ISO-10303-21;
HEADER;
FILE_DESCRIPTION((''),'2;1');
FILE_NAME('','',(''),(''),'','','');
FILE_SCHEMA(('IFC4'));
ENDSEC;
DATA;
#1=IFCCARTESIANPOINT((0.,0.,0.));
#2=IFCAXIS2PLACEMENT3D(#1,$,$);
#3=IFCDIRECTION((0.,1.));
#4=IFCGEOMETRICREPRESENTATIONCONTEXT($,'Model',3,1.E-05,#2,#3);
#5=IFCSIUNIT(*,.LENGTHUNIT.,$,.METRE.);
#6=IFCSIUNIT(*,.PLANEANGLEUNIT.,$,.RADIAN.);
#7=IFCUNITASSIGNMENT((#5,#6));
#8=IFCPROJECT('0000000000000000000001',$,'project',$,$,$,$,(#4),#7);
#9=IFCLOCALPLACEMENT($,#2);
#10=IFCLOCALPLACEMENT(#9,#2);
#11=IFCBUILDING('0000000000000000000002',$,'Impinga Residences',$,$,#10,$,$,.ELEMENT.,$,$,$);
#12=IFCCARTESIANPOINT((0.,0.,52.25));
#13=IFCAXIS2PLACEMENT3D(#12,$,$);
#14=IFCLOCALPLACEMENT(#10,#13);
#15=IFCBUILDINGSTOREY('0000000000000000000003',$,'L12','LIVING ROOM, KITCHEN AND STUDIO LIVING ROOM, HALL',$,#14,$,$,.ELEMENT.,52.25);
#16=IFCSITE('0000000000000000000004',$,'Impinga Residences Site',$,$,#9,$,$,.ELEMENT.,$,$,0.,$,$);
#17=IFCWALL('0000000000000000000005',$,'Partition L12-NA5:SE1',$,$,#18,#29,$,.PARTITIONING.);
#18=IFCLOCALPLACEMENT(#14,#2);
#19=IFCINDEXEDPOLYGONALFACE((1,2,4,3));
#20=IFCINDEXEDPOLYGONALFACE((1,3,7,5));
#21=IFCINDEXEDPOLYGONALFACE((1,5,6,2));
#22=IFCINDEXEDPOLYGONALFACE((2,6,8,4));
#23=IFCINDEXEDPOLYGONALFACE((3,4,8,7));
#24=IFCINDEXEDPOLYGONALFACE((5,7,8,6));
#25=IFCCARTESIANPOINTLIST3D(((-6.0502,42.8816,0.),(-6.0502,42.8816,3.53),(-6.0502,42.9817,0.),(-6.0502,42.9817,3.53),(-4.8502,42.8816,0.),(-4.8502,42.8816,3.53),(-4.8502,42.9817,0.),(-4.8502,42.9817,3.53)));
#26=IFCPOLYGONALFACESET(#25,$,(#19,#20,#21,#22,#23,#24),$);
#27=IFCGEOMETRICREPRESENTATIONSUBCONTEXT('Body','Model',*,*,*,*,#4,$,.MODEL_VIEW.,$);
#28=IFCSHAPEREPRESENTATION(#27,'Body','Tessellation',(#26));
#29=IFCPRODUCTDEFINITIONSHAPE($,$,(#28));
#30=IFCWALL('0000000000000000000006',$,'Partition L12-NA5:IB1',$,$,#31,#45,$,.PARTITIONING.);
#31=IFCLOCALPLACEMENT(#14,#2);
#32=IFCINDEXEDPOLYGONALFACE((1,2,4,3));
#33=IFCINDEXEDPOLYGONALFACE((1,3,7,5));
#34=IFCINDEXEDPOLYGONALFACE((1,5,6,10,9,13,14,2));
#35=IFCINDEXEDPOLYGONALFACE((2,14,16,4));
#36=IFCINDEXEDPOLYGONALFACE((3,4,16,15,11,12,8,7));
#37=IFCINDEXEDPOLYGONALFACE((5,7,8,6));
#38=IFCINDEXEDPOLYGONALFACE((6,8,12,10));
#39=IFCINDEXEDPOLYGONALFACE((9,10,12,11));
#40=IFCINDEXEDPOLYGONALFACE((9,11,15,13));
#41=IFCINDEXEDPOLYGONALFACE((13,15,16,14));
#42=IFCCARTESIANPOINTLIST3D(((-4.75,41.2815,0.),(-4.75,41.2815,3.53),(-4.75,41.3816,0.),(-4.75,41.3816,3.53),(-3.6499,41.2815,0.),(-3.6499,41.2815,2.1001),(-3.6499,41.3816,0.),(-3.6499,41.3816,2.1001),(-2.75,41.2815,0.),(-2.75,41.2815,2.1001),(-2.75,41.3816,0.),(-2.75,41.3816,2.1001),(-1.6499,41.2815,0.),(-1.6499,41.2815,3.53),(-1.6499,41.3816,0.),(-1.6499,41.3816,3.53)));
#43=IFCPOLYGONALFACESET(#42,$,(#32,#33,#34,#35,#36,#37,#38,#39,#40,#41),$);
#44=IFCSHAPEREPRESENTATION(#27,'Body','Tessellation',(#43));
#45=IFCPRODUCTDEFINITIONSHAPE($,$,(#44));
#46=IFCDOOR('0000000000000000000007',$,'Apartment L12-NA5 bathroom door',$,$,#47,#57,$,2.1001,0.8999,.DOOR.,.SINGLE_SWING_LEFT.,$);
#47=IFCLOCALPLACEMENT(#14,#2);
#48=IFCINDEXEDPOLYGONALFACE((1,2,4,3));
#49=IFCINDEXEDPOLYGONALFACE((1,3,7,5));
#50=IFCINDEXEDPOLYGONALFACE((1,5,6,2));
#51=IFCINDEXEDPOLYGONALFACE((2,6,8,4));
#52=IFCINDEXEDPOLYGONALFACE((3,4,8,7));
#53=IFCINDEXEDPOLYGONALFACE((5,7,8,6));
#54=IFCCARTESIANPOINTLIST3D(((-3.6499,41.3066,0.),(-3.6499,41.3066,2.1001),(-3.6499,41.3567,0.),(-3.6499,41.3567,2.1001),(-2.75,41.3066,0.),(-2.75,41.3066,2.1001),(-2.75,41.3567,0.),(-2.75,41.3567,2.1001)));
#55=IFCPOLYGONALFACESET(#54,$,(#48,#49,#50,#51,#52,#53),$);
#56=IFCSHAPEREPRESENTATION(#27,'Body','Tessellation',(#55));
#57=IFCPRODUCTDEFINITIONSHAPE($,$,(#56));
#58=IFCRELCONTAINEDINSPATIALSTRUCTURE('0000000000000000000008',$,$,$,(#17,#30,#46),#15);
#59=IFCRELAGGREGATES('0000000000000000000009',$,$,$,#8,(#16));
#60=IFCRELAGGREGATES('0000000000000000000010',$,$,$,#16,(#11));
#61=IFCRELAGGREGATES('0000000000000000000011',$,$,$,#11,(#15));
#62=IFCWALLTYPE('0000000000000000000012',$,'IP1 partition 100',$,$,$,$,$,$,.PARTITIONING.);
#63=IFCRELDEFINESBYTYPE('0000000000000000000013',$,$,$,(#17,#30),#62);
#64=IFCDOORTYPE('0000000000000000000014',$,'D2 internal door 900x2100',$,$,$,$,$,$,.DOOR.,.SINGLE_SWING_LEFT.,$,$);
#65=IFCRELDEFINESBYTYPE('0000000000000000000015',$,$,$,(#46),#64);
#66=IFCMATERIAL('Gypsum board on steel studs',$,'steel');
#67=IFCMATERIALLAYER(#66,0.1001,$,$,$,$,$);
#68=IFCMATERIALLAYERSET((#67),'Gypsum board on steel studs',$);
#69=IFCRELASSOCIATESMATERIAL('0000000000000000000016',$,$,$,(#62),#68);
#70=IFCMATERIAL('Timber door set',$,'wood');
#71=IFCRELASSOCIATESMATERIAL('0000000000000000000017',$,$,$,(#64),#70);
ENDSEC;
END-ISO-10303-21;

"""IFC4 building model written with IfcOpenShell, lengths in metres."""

from ifc_helpers import new_model, si_unit, direction, frame, frame_2d, origin, place, context, subcontext, project, spatial, rectangle, extrude, material, layer, layer_set, type_object, element, fill, save


model = new_model("IFC4")

# Units and contexts
model_context = context("Model", 3, precision=1e-05, world=origin(), true_north=direction((0.0, 1.0)))
body_context = subcontext(model_context, "Body", "Model", "MODEL_VIEW")
ifc_project = project(units=[si_unit("LENGTHUNIT", "METRE"), si_unit("PLANEANGLEUNIT", "RADIAN")], contexts=[model_context])

# Site, building, storey
site_placement = place(None, origin())
site = spatial("IfcSite", under=ifc_project, at=site_placement, Name="Impinga Residences Site", CompositionType="ELEMENT", RefElevation=0.0)
building_placement = place(site_placement, origin())
building = spatial("IfcBuilding", under=site, at=building_placement, Name="Impinga Residences", CompositionType="ELEMENT")
storey_placement = place(building_placement, frame((0.0, 0.0, 52.25)))
storey = spatial("IfcBuildingStorey", under=building, at=storey_placement, Name="L12", Description="LIVING ROOM, KITCHEN AND STUDIO LIVING ROOM, HALL", CompositionType="ELEMENT", Elevation=52.25)

# Shared definitions
ifc_material_1 = material(Name="Gypsum board on steel studs", Category="steel")
ifc_layer_1 = layer(ifc_material_1, 0.1001)
ifc_layer_set_1 = layer_set([ifc_layer_1], Name="Gypsum board on steel studs")
wall_type_1 = type_object("IfcWallType", Name="IP1 partition 100", PredefinedType="PARTITIONING", material=ifc_layer_set_1)

# Shared definitions
ifc_material_2 = material(Name="Timber door set", Category="wood")
door_type = type_object("IfcDoorType", Name="D2 internal door 900x2100", OperationType="SINGLE_SWING_LEFT", PredefinedType="DOOR", material=ifc_material_2)

# Wall
for number, where, z_axis, x_axis, name in (
    (1, (-4.8501, 42.9316, 0.0), (0.0, 0.0, 1.0), (-1.0, 0.0, 0.0), "Partition L12-NA5:SE1"),
):
    element("IfcWall", number, at=place(storey_placement, frame(where, z_axis=z_axis, x_axis=x_axis)), inside=storey, type_object=wall_type_1, Name=name, PredefinedType="PARTITIONING", context=body_context, shape_type="SweptSolid", body=[
        extrude(rectangle(XDim=1.2, YDim=0.1001, at=frame_2d((0.6001, 0.0))), origin(), (0.0, 0.0, 1.0), 3.53),
    ])

# Wall, opening, door
wall_1_placement = place(storey_placement, frame((-1.6499, 41.3315, 0.0), z_axis=(0.0, 0.0, 1.0), x_axis=(-1.0, 0.0, 0.0)))
wall_1 = element("IfcWall", 2, at=wall_1_placement, inside=storey, type_object=wall_type_1, Name="Partition L12-NA5:IB1", PredefinedType="PARTITIONING", context=body_context, shape_type="SweptSolid", body=[
    extrude(rectangle(XDim=3.1001, YDim=0.1001, at=frame_2d((1.55, 0.0))), origin(), (0.0, 0.0, 1.0), 3.53),
])
opening_1_placement = place(wall_1_placement, frame((1.1001, 0.0, 0.0)))
opening_1 = element("IfcOpeningElement", 3, at=opening_1_placement, cuts=wall_1, PredefinedType="OPENING", context=body_context, shape_type="SweptSolid", body=[
    extrude(rectangle(XDim=0.8999, YDim=2.1001, at=frame_2d((0.45, 1.05))), frame((0.0, 0.0601, 0.0), z_axis=(0.0, -1.0, 0.0), x_axis=(1.0, 0.0, 0.0)), (0.0, 0.0, 1.0), 0.1201),
])
door_1_placement = place(opening_1_placement, origin())
door_1 = element("IfcDoor", 4, at=door_1_placement, inside=storey, type_object=door_type, Name="Apartment L12-NA5 bathroom door", OperationType="SINGLE_SWING_LEFT", OverallHeight=2.1001, OverallWidth=0.8999, PredefinedType="DOOR", context=body_context, shape_type="SweptSolid", body=[
    extrude(rectangle(XDim=0.8999, YDim=2.1001, at=frame_2d((0.45, 1.05))), frame((0.0, 0.0249, 0.0), z_axis=(0.0, -1.0, 0.0), x_axis=(1.0, 0.0, 0.0)), (0.0, 0.0, 1.0), 0.05),
])
fill(opening_1, door_1)

save(model, "model.ifc")
